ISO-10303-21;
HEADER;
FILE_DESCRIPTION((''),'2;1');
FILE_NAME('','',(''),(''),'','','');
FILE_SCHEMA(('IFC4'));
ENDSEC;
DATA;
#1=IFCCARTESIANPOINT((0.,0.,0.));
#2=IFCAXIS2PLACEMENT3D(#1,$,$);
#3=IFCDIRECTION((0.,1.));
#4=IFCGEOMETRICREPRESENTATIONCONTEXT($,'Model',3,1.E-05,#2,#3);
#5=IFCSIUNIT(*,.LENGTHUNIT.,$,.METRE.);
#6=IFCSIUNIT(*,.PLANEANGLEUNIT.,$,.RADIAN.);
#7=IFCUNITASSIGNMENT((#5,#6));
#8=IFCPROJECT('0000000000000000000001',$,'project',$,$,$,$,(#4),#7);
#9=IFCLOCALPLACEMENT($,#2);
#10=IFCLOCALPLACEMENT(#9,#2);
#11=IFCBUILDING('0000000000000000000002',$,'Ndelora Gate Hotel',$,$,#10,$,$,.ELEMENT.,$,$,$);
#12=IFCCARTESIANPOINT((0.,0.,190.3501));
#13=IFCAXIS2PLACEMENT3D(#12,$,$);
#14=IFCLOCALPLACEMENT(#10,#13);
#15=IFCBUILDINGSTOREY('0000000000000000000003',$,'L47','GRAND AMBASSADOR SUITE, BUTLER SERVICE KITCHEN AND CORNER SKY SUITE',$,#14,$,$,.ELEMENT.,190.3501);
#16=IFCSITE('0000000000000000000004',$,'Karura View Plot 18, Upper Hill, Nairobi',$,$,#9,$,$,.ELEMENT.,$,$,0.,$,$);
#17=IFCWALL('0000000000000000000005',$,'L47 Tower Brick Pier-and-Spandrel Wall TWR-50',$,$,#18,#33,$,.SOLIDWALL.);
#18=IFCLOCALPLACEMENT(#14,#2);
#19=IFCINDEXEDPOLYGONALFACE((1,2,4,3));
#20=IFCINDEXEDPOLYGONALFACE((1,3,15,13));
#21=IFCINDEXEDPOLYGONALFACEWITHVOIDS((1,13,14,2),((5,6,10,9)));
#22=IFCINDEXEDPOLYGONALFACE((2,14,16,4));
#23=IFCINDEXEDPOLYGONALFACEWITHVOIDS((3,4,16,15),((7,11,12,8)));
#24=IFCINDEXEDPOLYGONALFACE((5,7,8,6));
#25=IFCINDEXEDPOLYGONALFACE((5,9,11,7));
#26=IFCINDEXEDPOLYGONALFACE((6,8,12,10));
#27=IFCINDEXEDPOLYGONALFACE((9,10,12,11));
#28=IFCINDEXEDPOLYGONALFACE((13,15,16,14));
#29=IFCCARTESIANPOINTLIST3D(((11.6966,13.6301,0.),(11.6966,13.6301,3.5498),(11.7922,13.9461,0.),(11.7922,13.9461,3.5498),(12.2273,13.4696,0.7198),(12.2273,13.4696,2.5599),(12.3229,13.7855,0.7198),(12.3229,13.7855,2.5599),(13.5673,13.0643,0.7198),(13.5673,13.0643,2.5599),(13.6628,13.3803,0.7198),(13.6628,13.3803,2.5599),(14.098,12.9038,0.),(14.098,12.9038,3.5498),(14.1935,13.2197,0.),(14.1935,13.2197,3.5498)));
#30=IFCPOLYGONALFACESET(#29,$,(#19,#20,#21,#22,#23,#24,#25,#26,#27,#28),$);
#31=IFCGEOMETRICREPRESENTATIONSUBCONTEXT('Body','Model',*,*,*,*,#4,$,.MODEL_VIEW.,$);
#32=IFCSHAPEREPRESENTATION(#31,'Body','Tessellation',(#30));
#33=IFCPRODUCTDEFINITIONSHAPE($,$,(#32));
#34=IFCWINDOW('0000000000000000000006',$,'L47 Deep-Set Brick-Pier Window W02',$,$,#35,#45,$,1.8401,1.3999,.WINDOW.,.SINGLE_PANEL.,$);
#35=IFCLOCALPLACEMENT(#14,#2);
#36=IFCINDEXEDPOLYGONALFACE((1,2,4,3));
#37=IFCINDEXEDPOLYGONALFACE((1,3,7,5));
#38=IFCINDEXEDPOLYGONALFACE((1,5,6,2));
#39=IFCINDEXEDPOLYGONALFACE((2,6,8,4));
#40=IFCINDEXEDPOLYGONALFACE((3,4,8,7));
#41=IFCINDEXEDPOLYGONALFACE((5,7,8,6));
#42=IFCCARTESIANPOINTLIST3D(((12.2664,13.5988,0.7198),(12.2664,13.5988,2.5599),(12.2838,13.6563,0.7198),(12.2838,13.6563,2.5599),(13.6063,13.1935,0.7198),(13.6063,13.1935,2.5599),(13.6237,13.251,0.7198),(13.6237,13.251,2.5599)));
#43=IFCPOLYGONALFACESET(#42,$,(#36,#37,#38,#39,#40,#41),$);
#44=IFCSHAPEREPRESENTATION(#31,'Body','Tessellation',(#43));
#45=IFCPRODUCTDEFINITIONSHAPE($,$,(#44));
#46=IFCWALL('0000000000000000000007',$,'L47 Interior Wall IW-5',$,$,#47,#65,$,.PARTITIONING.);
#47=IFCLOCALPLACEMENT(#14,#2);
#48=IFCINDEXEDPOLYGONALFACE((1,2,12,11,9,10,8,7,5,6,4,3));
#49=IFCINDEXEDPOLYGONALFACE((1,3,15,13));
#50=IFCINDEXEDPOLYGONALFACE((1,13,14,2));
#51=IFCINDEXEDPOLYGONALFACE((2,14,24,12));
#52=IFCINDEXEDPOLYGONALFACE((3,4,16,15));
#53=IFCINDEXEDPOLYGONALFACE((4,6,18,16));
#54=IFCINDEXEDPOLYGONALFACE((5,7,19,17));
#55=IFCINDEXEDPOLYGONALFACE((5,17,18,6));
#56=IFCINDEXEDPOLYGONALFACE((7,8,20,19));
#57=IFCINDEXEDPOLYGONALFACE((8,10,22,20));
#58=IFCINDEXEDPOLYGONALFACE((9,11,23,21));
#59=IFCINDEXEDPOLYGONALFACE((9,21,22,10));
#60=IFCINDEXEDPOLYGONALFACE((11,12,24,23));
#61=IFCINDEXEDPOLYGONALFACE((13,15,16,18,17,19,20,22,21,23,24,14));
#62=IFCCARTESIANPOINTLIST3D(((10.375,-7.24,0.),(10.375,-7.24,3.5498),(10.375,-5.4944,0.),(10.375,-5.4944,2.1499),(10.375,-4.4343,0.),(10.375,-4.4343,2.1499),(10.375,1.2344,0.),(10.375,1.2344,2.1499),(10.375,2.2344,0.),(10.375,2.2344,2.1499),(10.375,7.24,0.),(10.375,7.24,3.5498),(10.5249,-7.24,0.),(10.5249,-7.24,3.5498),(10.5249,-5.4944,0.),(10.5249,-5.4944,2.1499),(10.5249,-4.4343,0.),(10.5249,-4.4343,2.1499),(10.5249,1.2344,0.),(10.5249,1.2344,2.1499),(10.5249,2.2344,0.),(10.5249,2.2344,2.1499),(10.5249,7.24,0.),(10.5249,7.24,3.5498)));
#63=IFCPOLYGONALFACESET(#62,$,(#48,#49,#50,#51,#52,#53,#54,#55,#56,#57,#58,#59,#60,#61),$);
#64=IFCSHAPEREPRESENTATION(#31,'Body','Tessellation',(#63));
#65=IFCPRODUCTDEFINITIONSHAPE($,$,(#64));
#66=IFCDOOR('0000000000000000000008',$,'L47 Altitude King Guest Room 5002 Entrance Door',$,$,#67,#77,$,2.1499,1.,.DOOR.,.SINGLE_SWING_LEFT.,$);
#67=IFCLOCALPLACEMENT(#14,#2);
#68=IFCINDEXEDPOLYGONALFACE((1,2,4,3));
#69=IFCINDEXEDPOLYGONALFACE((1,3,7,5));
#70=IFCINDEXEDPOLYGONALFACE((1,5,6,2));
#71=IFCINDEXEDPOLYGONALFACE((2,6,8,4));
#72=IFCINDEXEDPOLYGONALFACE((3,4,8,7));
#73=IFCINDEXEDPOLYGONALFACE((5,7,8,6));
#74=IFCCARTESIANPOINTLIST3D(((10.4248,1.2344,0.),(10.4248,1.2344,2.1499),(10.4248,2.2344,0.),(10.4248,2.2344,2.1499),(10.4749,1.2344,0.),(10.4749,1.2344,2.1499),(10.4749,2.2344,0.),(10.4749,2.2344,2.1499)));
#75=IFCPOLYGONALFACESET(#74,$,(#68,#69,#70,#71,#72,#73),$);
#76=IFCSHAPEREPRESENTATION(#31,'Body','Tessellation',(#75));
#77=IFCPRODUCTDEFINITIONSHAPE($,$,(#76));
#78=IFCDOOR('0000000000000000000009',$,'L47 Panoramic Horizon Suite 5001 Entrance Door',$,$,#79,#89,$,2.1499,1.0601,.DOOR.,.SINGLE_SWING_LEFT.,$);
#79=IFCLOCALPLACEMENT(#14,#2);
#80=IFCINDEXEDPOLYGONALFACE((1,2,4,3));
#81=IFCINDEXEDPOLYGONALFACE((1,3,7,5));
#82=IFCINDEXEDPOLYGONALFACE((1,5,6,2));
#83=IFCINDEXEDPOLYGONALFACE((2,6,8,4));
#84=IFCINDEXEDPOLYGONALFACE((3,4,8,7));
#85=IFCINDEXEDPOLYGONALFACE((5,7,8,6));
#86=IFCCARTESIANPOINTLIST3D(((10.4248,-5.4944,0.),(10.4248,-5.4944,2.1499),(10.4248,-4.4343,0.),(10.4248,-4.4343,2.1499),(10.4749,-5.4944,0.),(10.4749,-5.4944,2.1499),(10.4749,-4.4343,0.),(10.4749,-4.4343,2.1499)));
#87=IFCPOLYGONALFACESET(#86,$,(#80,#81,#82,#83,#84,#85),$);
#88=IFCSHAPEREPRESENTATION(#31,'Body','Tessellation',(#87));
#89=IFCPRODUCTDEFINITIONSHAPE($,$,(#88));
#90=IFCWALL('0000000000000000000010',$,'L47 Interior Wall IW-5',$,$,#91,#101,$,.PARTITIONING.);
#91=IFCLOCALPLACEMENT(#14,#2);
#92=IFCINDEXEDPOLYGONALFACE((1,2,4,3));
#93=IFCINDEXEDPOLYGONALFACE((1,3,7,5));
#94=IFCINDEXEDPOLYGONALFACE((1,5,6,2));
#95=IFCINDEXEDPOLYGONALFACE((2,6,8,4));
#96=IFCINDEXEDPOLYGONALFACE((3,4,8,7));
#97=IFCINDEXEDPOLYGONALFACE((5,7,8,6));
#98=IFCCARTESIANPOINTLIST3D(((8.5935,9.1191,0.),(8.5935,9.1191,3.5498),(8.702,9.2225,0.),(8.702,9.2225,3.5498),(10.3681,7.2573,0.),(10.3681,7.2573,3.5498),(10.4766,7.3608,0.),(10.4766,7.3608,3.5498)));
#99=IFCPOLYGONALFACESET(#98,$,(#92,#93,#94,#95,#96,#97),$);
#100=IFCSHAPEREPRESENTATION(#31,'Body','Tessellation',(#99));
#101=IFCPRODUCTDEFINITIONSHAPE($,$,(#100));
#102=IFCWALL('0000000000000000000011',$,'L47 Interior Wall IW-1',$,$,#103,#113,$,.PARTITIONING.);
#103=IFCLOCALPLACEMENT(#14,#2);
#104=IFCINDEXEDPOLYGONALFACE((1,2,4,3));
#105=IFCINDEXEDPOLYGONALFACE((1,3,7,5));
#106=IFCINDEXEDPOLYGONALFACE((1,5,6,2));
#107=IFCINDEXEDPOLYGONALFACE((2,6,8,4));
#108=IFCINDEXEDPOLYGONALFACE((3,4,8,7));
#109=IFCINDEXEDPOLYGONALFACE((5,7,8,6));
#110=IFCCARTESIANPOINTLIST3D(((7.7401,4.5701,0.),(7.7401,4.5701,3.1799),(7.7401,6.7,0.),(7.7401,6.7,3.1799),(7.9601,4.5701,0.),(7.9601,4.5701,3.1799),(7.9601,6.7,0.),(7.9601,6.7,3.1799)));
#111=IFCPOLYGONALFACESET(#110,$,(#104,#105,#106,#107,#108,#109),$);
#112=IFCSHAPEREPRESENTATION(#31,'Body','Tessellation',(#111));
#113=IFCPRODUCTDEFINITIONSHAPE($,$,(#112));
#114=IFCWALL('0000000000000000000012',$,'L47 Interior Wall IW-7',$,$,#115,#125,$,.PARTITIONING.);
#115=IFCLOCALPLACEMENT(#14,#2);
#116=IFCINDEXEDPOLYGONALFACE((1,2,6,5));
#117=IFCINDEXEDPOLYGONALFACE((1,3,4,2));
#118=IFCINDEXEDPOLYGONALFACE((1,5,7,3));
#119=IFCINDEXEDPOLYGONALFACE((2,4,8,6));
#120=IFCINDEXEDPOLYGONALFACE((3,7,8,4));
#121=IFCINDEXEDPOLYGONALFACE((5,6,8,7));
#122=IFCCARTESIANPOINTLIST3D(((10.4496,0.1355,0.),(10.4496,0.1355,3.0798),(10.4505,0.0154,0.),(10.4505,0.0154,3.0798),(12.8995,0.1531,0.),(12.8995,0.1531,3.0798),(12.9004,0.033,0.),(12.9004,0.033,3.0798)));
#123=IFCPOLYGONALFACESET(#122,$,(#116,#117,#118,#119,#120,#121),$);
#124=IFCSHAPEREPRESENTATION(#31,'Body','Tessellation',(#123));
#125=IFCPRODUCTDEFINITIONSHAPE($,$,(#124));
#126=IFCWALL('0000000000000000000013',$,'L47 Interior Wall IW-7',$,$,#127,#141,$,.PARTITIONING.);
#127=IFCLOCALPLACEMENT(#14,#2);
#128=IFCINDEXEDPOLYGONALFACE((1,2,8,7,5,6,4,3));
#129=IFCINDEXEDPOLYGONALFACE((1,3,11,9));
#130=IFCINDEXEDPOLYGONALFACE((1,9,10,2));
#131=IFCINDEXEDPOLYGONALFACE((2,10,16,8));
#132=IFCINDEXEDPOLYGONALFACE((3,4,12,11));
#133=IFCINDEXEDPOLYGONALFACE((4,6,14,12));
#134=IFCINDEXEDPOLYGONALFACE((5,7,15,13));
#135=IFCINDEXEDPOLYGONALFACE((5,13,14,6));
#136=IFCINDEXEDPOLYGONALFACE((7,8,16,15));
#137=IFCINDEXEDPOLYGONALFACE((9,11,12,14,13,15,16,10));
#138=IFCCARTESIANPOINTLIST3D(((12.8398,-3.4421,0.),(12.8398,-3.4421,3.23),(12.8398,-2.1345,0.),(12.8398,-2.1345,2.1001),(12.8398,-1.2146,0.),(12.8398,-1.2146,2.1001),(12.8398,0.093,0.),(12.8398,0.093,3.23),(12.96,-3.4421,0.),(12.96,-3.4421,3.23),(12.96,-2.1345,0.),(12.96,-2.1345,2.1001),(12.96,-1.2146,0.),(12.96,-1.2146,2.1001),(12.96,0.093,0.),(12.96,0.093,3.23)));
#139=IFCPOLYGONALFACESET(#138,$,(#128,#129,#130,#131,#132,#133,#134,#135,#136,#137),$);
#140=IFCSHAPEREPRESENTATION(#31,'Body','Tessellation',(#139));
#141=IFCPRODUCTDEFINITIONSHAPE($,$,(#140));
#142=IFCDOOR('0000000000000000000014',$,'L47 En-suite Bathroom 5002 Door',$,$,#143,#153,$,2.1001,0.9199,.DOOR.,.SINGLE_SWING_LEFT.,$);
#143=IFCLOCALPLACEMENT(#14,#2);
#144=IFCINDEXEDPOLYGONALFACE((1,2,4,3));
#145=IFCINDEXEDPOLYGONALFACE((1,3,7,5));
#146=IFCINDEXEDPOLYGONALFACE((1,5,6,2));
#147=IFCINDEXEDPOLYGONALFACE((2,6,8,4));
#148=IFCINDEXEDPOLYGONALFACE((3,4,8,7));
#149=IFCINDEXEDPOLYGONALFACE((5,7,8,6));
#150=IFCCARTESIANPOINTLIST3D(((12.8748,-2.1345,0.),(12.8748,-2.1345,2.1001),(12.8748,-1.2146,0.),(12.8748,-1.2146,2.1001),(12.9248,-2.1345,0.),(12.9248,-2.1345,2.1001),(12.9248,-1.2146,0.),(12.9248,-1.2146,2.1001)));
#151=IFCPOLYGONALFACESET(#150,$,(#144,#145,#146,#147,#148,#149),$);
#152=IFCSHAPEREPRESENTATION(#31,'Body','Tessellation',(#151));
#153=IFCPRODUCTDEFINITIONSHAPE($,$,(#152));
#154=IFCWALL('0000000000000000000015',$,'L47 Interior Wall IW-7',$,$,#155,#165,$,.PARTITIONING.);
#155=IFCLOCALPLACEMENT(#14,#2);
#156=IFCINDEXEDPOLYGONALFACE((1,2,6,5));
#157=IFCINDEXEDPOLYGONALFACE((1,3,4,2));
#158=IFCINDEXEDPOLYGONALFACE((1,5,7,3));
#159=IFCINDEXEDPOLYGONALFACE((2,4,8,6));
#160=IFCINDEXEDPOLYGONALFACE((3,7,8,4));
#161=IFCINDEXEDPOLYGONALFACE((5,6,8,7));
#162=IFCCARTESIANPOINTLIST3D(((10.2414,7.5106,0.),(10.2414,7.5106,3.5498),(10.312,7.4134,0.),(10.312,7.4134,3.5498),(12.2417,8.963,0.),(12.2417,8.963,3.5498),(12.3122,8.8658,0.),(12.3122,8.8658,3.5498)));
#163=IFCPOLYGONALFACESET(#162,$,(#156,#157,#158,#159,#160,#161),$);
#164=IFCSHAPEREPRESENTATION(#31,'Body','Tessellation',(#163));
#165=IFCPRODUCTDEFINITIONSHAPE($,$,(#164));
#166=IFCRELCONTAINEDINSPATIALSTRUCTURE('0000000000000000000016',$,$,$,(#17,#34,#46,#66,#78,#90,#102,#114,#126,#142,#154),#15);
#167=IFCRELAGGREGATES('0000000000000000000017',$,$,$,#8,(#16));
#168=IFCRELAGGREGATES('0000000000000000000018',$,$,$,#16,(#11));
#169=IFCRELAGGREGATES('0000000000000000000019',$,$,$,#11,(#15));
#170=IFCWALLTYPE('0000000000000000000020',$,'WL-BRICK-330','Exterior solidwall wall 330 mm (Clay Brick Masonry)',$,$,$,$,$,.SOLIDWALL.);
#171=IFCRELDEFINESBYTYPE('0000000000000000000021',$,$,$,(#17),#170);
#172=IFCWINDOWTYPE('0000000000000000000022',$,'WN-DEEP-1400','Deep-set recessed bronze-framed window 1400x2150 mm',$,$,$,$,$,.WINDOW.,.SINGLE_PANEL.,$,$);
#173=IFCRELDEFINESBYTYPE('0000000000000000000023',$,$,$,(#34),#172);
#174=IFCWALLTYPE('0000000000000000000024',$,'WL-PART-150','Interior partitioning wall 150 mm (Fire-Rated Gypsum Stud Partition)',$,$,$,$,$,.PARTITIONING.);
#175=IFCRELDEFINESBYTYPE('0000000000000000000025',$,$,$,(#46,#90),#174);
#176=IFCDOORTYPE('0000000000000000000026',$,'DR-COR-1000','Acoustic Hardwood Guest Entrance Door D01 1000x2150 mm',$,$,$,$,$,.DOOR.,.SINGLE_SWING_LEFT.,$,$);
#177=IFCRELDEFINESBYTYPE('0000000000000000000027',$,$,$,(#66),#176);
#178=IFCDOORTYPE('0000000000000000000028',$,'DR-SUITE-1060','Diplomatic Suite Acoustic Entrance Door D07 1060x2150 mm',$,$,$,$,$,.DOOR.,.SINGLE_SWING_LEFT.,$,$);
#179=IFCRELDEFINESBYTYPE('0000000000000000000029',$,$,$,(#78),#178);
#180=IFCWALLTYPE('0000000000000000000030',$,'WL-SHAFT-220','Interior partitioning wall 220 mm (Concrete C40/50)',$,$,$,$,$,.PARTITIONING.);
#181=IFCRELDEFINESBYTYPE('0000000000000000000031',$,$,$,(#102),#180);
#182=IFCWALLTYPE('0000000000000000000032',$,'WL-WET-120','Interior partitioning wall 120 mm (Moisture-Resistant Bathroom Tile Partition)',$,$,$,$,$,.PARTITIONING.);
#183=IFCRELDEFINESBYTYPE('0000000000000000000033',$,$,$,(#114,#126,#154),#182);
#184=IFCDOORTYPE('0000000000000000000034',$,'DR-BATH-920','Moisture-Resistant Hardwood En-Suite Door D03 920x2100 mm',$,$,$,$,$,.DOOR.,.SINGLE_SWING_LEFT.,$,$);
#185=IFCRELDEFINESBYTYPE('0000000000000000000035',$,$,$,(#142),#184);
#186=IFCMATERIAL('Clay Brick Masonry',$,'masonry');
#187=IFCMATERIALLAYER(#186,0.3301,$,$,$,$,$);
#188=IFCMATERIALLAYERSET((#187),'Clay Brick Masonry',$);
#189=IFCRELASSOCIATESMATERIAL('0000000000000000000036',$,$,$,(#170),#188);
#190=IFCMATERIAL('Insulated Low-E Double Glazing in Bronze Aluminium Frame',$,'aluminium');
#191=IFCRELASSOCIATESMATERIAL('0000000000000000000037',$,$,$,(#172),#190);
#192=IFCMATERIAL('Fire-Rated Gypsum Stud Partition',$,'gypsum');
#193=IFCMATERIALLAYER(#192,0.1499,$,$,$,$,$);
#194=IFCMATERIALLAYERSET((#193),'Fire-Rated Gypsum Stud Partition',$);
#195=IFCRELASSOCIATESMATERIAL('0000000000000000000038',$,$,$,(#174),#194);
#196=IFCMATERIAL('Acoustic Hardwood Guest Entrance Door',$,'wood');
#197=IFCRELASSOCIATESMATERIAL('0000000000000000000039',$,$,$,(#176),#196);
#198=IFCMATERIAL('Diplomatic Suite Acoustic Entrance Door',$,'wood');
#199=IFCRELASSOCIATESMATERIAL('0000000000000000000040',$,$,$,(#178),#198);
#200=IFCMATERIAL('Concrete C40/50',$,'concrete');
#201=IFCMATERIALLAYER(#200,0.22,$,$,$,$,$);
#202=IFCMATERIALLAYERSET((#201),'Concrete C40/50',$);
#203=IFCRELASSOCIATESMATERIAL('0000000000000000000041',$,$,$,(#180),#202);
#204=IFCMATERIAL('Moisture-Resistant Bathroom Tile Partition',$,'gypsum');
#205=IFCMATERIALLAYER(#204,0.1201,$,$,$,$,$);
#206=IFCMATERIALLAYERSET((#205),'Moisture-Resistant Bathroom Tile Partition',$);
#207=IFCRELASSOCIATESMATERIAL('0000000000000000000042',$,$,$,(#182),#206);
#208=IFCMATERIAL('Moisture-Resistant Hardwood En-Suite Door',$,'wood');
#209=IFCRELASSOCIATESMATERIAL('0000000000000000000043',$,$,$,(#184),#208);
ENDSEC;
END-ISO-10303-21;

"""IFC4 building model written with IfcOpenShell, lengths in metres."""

from ifc_helpers import new_model, si_unit, direction, frame, frame_2d, origin, place, context, subcontext, project, spatial, rectangle, extrude, material, layer, layer_set, type_object, element, fill, save


model = new_model("IFC4")

# Units and contexts
model_context = context("Model", 3, precision=1e-05, world=origin(), true_north=direction((0.0, 1.0)))
body_context = subcontext(model_context, "Body", "Model", "MODEL_VIEW")
ifc_project = project(units=[si_unit("LENGTHUNIT", "METRE"), si_unit("PLANEANGLEUNIT", "RADIAN")], contexts=[model_context])

# Site, building, storey
site_placement = place(None, origin())
site = spatial("IfcSite", under=ifc_project, at=site_placement, Name="Karura View Plot 18, Upper Hill, Nairobi", CompositionType="ELEMENT", RefElevation=0.0)
building_placement = place(site_placement, origin())
building = spatial("IfcBuilding", under=site, at=building_placement, Name="Ndelora Gate Hotel", CompositionType="ELEMENT")
storey_placement = place(building_placement, frame((0.0, 0.0, 190.3501)))
storey = spatial("IfcBuildingStorey", under=building, at=storey_placement, Name="L47", Description="GRAND AMBASSADOR SUITE, BUTLER SERVICE KITCHEN AND CORNER SKY SUITE", CompositionType="ELEMENT", Elevation=190.3501)

# Wall, opening, window
ifc_material_1 = material(Name="Clay Brick Masonry", Category="masonry")
ifc_layer_1 = layer(ifc_material_1, 0.3301)
ifc_layer_set_1 = layer_set([ifc_layer_1], Name="Clay Brick Masonry")
wall_type_1 = type_object("IfcWallType", Name="WL-BRICK-330", Description="Exterior solidwall wall 330 mm (Clay Brick Masonry)", PredefinedType="SOLIDWALL", material=ifc_layer_set_1)
ifc_material_2 = material(Name="Insulated Low-E Double Glazing in Bronze Aluminium Frame", Category="aluminium")
window_type = type_object("IfcWindowType", Name="WN-DEEP-1400", Description="Deep-set recessed bronze-framed window 1400x2150 mm", PartitioningType="SINGLE_PANEL", PredefinedType="WINDOW", material=ifc_material_2)
wall_1_placement = place(storey_placement, frame((11.7444, 13.7881, 0.0), z_axis=(0.0, 0.0, 1.0), x_axis=(0.957176, -0.289508, 0.0)))
wall_1 = element("IfcWall", 1, at=wall_1_placement, inside=storey, type_object=wall_type_1, Name="L47 Tower Brick Pier-and-Spandrel Wall TWR-50", PredefinedType="SOLIDWALL", context=body_context, shape_type="SweptSolid", body=[
    extrude(rectangle(XDim=2.5088, YDim=0.3301, at=frame_2d((1.2544, 0.0))), origin(), (0.0, 0.0, 1.0), 3.5498),
])
opening_1_placement = place(wall_1_placement, frame((0.5544, 0.0, 0.72)))
opening_1 = element("IfcOpeningElement", 2, at=opening_1_placement, cuts=wall_1, PredefinedType="OPENING", context=body_context, shape_type="SweptSolid", body=[
    extrude(rectangle(XDim=1.3999, YDim=1.8401, at=frame_2d((0.7, 0.9199))), frame((0.0, 0.175, 0.0), z_axis=(0.0, -1.0, 0.0), x_axis=(1.0, 0.0, 0.0)), (0.0, 0.0, 1.0), 0.3501),
])
window_1_placement = place(opening_1_placement, origin())
window_1 = element("IfcWindow", 3, at=window_1_placement, inside=storey, type_object=window_type, Name="L47 Deep-Set Brick-Pier Window W02", OverallHeight=1.8401, OverallWidth=1.3999, PartitioningType="SINGLE_PANEL", PredefinedType="WINDOW", context=body_context, shape_type="SweptSolid", body=[
    extrude(rectangle(XDim=1.3999, YDim=1.8401, at=frame_2d((0.7, 0.9199))), frame((0.0, 0.03, 0.0), z_axis=(0.0, -1.0, 0.0), x_axis=(1.0, 0.0, 0.0)), (0.0, 0.0, 1.0), 0.0601),
])
fill(opening_1, window_1)

# Shared definitions
ifc_material_3 = material(Name="Concrete C40/50", Category="concrete")

# Wall, openings, doors
ifc_material_4 = material(Name="Fire-Rated Gypsum Stud Partition", Category="gypsum")
ifc_layer_2 = layer(ifc_material_4, 0.1499)
ifc_layer_set_2 = layer_set([ifc_layer_2], Name="Fire-Rated Gypsum Stud Partition")
wall_type_2 = type_object("IfcWallType", Name="WL-PART-150", Description="Interior partitioning wall 150 mm (Fire-Rated Gypsum Stud Partition)", PredefinedType="PARTITIONING", material=ifc_layer_set_2)
wall_2_placement = place(storey_placement, frame((10.45, 7.24, 0.0), z_axis=(0.0, 0.0, 1.0), x_axis=(0.0, -1.0, 0.0)))
wall_2 = element("IfcWall", 4, at=wall_2_placement, inside=storey, type_object=wall_type_2, Name="L47 Interior Wall IW-5", PredefinedType="PARTITIONING", context=body_context, shape_type="SweptSolid", body=[
    extrude(rectangle(XDim=14.48, YDim=0.1499, at=frame_2d((7.24, 0.0))), origin(), (0.0, 0.0, 1.0), 3.5498),
])
opening_2_placement = place(wall_2_placement, frame((11.6743, 0.0, 0.0)))
opening_2 = element("IfcOpeningElement", 5, at=opening_2_placement, cuts=wall_2, PredefinedType="OPENING", context=body_context, shape_type="SweptSolid", body=[
    extrude(rectangle(XDim=1.0601, YDim=2.1499, at=frame_2d((0.53, 1.075))), frame((0.0, 0.085, 0.0), z_axis=(0.0, -1.0, 0.0), x_axis=(1.0, 0.0, 0.0)), (0.0, 0.0, 1.0), 0.1699),
])
opening_3_placement = place(wall_2_placement, frame((5.0056, 0.0, 0.0)))
opening_3 = element("IfcOpeningElement", 6, at=opening_3_placement, cuts=wall_2, PredefinedType="OPENING", context=body_context, shape_type="SweptSolid", body=[
    extrude(rectangle(XDim=1.0, YDim=2.1499, at=frame_2d((0.5, 1.075))), frame((0.0, 0.085, 0.0), z_axis=(0.0, -1.0, 0.0), x_axis=(1.0, 0.0, 0.0)), (0.0, 0.0, 1.0), 0.1699),
])
ifc_material_5 = material(Name="Acoustic Hardwood Guest Entrance Door", Category="wood")
door_type_1 = type_object("IfcDoorType", Name="DR-COR-1000", Description="Acoustic Hardwood Guest Entrance Door D01 1000x2150 mm", OperationType="SINGLE_SWING_LEFT", PredefinedType="DOOR", material=ifc_material_5)
door_1_placement = place(opening_3_placement, origin())
door_1 = element("IfcDoor", 7, at=door_1_placement, inside=storey, type_object=door_type_1, Name="L47 Altitude King Guest Room 5002 Entrance Door", OperationType="SINGLE_SWING_LEFT", OverallHeight=2.1499, OverallWidth=1.0, PredefinedType="DOOR", context=body_context, shape_type="SweptSolid", body=[
    extrude(rectangle(XDim=1.0, YDim=2.1499, at=frame_2d((0.5, 1.075))), frame((0.0, 0.0249, 0.0), z_axis=(0.0, -1.0, 0.0), x_axis=(1.0, 0.0, 0.0)), (0.0, 0.0, 1.0), 0.05),
])
fill(opening_3, door_1)
ifc_material_6 = material(Name="Diplomatic Suite Acoustic Entrance Door", Category="wood")
door_type_2 = type_object("IfcDoorType", Name="DR-SUITE-1060", Description="Diplomatic Suite Acoustic Entrance Door D07 1060x2150 mm", OperationType="SINGLE_SWING_LEFT", PredefinedType="DOOR", material=ifc_material_6)
door_2_placement = place(opening_2_placement, origin())
door_2 = element("IfcDoor", 8, at=door_2_placement, inside=storey, type_object=door_type_2, Name="L47 Panoramic Horizon Suite 5001 Entrance Door", OperationType="SINGLE_SWING_LEFT", OverallHeight=2.1499, OverallWidth=1.0601, PredefinedType="DOOR", context=body_context, shape_type="SweptSolid", body=[
    extrude(rectangle(XDim=1.0601, YDim=2.1499, at=frame_2d((0.53, 1.075))), frame((0.0, 0.0249, 0.0), z_axis=(0.0, -1.0, 0.0), x_axis=(1.0, 0.0, 0.0)), (0.0, 0.0, 1.0), 0.05),
])
fill(opening_2, door_2)

# Walls
wall_3_placement = place(storey_placement, frame((8.6477, 9.1709, 0.0), z_axis=(0.0, 0.0, 1.0), x_axis=(0.689961, -0.723847, 0.0)))
element("IfcWall", 9, at=wall_3_placement, inside=storey, type_object=wall_type_2, Name="L47 Interior Wall IW-5", PredefinedType="PARTITIONING", context=body_context, shape_type="SweptSolid", body=[
    extrude(rectangle(XDim=2.572, YDim=0.1499, at=frame_2d((1.2861, 0.0))), origin(), (0.0, 0.0, 1.0), 3.5498),
])
ifc_layer_3 = layer(ifc_material_3, 0.22)
ifc_layer_set_3 = layer_set([ifc_layer_3], Name="Concrete C40/50")
wall_type_3 = type_object("IfcWallType", Name="WL-SHAFT-220", Description="Interior partitioning wall 220 mm (Concrete C40/50)", PredefinedType="PARTITIONING", material=ifc_layer_set_3)
wall_4_placement = place(storey_placement, frame((7.8501, 4.5701, 0.0), z_axis=(0.0, 0.0, 1.0), x_axis=(0.0, 1.0, 0.0)))
element("IfcWall", 10, at=wall_4_placement, inside=storey, type_object=wall_type_3, Name="L47 Interior Wall IW-1", PredefinedType="PARTITIONING", context=body_context, shape_type="SweptSolid", body=[
    extrude(rectangle(XDim=2.1299, YDim=0.22, at=frame_2d((1.0649, 0.0))), origin(), (0.0, 0.0, 1.0), 3.1799),
])
ifc_material_7 = material(Name="Moisture-Resistant Bathroom Tile Partition", Category="gypsum")
ifc_layer_4 = layer(ifc_material_7, 0.1201)
ifc_layer_set_4 = layer_set([ifc_layer_4], Name="Moisture-Resistant Bathroom Tile Partition")
wall_type_4 = type_object("IfcWallType", Name="WL-WET-120", Description="Interior partitioning wall 120 mm (Moisture-Resistant Bathroom Tile Partition)", PredefinedType="PARTITIONING", material=ifc_layer_set_4)
wall_5_placement = place(storey_placement, frame((10.45, 0.0754, 0.0), z_axis=(0.0, 0.0, 1.0), x_axis=(0.999974, 0.007175, 0.0)))
element("IfcWall", 11, at=wall_5_placement, inside=storey, type_object=wall_type_4, Name="L47 Interior Wall IW-7", PredefinedType="PARTITIONING", context=body_context, shape_type="SweptSolid", body=[
    extrude(rectangle(XDim=2.45, YDim=0.1201, at=frame_2d((1.2251, 0.0))), origin(), (0.0, 0.0, 1.0), 3.0798),
])

# Wall, opening, door
wall_6_placement = place(storey_placement, frame((12.8999, 0.093, 0.0), z_axis=(0.0, 0.0, 1.0), x_axis=(0.0, -1.0, 0.0)))
wall_6 = element("IfcWall", 12, at=wall_6_placement, inside=storey, type_object=wall_type_4, Name="L47 Interior Wall IW-7", PredefinedType="PARTITIONING", context=body_context, shape_type="SweptSolid", body=[
    extrude(rectangle(XDim=3.5352, YDim=0.1201, at=frame_2d((1.7676, 0.0))), origin(), (0.0, 0.0, 1.0), 3.23),
])
opening_4_placement = place(wall_6_placement, frame((1.3076, 0.0, 0.0)))
opening_4 = element("IfcOpeningElement", 13, at=opening_4_placement, cuts=wall_6, PredefinedType="OPENING", context=body_context, shape_type="SweptSolid", body=[
    extrude(rectangle(XDim=0.9199, YDim=2.1001, at=frame_2d((0.46, 1.05))), frame((0.0, 0.0701, 0.0), z_axis=(0.0, -1.0, 0.0), x_axis=(1.0, 0.0, 0.0)), (0.0, 0.0, 1.0), 0.1401),
])
ifc_material_8 = material(Name="Moisture-Resistant Hardwood En-Suite Door", Category="wood")
door_type_3 = type_object("IfcDoorType", Name="DR-BATH-920", Description="Moisture-Resistant Hardwood En-Suite Door D03 920x2100 mm", OperationType="SINGLE_SWING_LEFT", PredefinedType="DOOR", material=ifc_material_8)
door_3_placement = place(opening_4_placement, origin())
door_3 = element("IfcDoor", 14, at=door_3_placement, inside=storey, type_object=door_type_3, Name="L47 En-suite Bathroom 5002 Door", OperationType="SINGLE_SWING_LEFT", OverallHeight=2.1001, OverallWidth=0.9199, PredefinedType="DOOR", context=body_context, shape_type="SweptSolid", body=[
    extrude(rectangle(XDim=0.9199, YDim=2.1001, at=frame_2d((0.46, 1.05))), frame((0.0, 0.0249, 0.0), z_axis=(0.0, -1.0, 0.0), x_axis=(1.0, 0.0, 0.0)), (0.0, 0.0, 1.0), 0.05),
])
fill(opening_4, door_3)

# Wall
wall_7_placement = place(storey_placement, frame((12.2769, 8.9143, 0.0), z_axis=(0.0, 0.0, 1.0), x_axis=(-0.809184, -0.587555, 0.0)))
element("IfcWall", 15, at=wall_7_placement, inside=storey, type_object=wall_type_4, Name="L47 Interior Wall IW-7", PredefinedType="PARTITIONING", context=body_context, shape_type="SweptSolid", body=[
    extrude(rectangle(XDim=2.4719, YDim=0.1201, at=frame_2d((1.2358, 0.0))), origin(), (0.0, 0.0, 1.0), 3.5498),
])

save(model, "model.ifc")
